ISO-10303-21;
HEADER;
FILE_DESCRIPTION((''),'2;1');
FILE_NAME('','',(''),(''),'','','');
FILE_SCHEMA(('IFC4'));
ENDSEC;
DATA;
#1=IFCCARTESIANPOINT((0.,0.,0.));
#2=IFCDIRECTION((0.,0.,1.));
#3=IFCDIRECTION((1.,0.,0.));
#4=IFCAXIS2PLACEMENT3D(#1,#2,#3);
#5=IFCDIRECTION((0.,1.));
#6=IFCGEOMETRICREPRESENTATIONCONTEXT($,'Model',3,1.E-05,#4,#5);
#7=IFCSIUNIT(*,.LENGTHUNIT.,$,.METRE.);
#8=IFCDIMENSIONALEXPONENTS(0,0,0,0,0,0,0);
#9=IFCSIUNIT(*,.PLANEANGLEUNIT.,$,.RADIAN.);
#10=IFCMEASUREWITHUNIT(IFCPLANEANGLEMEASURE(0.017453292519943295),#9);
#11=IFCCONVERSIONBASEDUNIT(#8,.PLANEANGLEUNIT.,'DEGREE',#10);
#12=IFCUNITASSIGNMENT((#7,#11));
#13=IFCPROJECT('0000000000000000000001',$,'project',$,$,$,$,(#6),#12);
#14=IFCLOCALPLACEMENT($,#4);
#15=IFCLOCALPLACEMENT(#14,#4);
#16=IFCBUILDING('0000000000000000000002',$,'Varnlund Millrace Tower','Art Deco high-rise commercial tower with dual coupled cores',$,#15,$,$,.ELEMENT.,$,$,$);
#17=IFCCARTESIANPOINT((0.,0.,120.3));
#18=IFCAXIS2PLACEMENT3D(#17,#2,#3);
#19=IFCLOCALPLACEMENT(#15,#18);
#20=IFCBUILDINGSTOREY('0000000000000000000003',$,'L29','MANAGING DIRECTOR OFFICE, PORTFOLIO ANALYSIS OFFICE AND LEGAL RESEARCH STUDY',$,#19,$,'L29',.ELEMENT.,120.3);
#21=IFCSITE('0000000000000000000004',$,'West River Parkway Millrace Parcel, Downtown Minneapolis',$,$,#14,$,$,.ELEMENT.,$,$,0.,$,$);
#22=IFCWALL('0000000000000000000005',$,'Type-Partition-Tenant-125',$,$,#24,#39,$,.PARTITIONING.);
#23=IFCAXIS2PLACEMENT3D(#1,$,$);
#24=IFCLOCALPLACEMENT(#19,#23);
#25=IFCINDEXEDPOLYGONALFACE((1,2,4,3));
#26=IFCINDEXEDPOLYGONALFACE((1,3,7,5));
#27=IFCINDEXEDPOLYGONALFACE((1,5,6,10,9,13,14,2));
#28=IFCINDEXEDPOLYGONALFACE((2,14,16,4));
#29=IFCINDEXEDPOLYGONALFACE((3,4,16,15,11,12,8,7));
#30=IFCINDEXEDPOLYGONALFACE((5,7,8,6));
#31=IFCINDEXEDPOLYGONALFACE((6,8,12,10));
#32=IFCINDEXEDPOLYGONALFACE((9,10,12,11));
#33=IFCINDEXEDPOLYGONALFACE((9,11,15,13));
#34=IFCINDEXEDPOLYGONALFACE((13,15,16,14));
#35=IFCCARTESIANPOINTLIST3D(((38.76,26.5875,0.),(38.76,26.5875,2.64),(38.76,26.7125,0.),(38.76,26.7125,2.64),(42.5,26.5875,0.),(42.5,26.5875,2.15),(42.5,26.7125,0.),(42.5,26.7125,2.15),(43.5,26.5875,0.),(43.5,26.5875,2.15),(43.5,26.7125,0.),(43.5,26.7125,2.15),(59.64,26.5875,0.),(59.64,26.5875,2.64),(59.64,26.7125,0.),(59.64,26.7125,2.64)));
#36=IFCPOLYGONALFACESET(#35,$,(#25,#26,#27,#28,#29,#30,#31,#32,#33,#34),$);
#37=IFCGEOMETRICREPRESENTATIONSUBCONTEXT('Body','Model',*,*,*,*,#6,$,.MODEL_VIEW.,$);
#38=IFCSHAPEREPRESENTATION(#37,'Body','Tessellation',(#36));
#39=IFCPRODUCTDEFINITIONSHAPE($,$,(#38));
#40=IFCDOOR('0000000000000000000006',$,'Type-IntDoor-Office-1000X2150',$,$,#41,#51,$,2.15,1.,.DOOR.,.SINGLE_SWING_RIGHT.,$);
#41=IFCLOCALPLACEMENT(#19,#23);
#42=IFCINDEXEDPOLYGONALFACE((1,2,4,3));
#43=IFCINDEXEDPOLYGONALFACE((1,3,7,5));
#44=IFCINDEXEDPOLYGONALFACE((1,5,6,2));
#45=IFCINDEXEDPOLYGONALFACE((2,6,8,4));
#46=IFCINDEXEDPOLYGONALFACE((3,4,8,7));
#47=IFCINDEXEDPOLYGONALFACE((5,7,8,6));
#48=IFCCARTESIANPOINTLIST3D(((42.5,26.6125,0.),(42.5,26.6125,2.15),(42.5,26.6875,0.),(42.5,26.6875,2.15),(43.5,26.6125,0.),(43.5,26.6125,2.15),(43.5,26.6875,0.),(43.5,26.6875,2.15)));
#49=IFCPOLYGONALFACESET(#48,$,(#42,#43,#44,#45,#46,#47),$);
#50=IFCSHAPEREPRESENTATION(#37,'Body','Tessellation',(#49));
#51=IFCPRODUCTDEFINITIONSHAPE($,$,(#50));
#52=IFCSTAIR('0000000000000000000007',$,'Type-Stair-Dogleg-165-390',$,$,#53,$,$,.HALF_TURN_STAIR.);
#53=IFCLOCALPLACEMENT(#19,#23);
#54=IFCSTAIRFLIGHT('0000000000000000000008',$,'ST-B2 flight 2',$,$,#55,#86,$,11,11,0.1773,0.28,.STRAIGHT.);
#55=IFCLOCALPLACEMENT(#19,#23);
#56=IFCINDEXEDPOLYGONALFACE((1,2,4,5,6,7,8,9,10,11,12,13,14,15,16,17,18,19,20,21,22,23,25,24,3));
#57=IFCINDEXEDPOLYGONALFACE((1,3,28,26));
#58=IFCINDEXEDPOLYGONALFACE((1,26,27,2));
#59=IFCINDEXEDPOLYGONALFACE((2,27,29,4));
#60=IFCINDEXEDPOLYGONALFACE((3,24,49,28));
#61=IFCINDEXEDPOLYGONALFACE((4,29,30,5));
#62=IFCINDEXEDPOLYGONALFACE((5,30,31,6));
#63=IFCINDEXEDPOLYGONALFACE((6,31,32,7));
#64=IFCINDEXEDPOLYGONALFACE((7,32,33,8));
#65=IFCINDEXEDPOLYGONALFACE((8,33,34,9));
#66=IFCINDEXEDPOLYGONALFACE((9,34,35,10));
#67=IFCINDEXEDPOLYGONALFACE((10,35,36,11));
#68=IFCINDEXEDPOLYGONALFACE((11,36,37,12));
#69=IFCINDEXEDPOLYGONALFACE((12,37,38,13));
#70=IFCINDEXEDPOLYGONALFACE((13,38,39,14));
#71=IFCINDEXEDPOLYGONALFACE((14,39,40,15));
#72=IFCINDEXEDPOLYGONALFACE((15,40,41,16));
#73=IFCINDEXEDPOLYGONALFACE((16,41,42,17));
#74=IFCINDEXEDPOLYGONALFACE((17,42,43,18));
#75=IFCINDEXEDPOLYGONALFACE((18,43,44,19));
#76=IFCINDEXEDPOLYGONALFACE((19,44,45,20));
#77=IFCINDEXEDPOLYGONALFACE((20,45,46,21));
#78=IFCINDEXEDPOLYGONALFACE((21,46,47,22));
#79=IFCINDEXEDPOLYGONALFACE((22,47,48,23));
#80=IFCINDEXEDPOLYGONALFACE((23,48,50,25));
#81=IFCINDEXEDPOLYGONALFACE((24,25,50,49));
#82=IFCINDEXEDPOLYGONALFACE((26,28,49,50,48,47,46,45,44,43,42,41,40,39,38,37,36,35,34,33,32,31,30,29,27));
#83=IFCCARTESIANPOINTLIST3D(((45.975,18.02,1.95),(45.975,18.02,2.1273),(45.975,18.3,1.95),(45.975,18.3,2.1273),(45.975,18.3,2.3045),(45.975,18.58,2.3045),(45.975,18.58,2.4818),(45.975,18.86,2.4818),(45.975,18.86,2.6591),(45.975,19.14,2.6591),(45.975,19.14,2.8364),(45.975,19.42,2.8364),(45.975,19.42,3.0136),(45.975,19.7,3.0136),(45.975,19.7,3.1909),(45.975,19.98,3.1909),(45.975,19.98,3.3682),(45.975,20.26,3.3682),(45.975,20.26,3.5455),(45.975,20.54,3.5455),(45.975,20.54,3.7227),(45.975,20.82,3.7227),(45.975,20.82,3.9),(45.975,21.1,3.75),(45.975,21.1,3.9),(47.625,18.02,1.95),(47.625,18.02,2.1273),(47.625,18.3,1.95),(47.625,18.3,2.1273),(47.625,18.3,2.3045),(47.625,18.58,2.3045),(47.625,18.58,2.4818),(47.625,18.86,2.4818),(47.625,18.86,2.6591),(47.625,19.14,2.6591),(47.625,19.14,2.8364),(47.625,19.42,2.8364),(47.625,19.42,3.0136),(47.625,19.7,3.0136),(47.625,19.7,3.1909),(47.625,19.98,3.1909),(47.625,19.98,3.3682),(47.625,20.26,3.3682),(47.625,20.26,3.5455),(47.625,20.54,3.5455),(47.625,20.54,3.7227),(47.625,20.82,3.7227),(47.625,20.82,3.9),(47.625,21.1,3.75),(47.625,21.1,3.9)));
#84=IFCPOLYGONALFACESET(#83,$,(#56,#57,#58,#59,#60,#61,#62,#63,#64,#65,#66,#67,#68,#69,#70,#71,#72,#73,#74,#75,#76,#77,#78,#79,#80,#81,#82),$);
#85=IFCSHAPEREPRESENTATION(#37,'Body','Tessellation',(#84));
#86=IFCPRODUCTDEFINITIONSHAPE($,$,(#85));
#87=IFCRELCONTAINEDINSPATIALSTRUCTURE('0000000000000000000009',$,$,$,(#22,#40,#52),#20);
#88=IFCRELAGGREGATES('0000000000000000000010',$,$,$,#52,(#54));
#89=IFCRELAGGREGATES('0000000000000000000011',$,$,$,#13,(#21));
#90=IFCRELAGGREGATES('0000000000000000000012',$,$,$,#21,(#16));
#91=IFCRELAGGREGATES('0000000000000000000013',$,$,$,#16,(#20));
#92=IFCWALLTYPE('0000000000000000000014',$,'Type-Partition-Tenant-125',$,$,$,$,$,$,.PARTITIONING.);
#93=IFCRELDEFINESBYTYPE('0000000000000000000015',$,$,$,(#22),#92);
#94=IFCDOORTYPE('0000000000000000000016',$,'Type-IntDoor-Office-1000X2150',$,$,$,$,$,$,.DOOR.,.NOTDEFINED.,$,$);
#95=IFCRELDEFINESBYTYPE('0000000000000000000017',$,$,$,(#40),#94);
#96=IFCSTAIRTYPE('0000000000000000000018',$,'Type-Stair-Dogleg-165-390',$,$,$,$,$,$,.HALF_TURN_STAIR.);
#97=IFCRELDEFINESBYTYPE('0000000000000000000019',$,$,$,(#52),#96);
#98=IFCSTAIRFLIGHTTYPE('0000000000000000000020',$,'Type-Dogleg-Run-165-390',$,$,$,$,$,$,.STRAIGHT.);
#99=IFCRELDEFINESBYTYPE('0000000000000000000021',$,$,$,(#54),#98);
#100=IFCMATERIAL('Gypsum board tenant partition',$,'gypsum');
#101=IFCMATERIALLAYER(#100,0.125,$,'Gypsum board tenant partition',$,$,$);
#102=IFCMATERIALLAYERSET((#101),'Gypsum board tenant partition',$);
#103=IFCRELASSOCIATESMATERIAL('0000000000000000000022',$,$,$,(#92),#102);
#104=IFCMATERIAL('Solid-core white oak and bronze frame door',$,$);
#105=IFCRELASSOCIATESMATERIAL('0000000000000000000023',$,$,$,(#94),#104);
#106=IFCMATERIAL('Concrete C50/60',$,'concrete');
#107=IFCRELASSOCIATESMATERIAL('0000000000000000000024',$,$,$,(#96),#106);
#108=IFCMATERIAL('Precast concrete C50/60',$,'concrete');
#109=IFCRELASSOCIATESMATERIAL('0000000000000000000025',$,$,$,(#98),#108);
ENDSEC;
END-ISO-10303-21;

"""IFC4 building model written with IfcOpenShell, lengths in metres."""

from ifc_helpers import new_model, entity, si_unit, converted_unit, direction, frame, origin_with_axes, origin_2d_with_axis, place, context, subcontext, project, spatial, polyline, rectangle, outline, extrude, material, layer, layer_set, type_object, element, fill, aggregate, save


model = new_model("IFC4")

# Units and contexts
model_context = context("Model", 3, precision=1e-05, world=origin_with_axes(), true_north=direction((0.0, 1.0)))
body_context = subcontext(model_context, "Body", "Model", "MODEL_VIEW")
ifc_project = project(units=[si_unit("LENGTHUNIT", "METRE"), converted_unit("PLANEANGLEUNIT", "DEGREE", entity("IfcPlaneAngleMeasure", 0.017453292519943295), si_unit("PLANEANGLEUNIT", "RADIAN"), dimensions=[0, 0, 0, 0, 0, 0, 0])], contexts=[model_context])

# Site, building, storey
site_placement = place(None, origin_with_axes())
site = spatial("IfcSite", under=ifc_project, at=site_placement, Name="West River Parkway Millrace Parcel, Downtown Minneapolis", CompositionType="ELEMENT", RefElevation=0.0)
building_placement = place(site_placement, origin_with_axes())
building = spatial("IfcBuilding", under=site, at=building_placement, Name="Varnlund Millrace Tower", Description="Art Deco high-rise commercial tower with dual coupled cores", CompositionType="ELEMENT")
storey_placement = place(building_placement, frame((0.0, 0.0, 120.3), z_axis=(0.0, 0.0, 1.0), x_axis=(1.0, 0.0, 0.0)))
storey = spatial("IfcBuildingStorey", under=building, at=storey_placement, Name="L29", Description="MANAGING DIRECTOR OFFICE, PORTFOLIO ANALYSIS OFFICE AND LEGAL RESEARCH STUDY", LongName="L29", CompositionType="ELEMENT", Elevation=120.3)

# Shared definitions
ifc_material_1 = material(Name="Precast concrete C50/60", Category="concrete")

# Wall, opening, door
ifc_material_2 = material(Name="Gypsum board tenant partition", Category="gypsum")
ifc_layer_1 = layer(ifc_material_2, 0.125, Name="Gypsum board tenant partition")
ifc_layer_set_1 = layer_set([ifc_layer_1], Name="Gypsum board tenant partition")
wall_type_1 = type_object("IfcWallType", Name="Type-Partition-Tenant-125", PredefinedType="PARTITIONING", material=ifc_layer_set_1)
wall_1_placement = place(storey_placement, frame((38.76, 26.65, 0.0), z_axis=(0.0, 0.0, 1.0), x_axis=(1.0, 0.0, 0.0)))
wall_1 = element("IfcWall", 1, at=wall_1_placement, inside=storey, type_object=wall_type_1, Name="Type-Partition-Tenant-125", PredefinedType="PARTITIONING", context=body_context, shape_type="SweptSolid", body=[
    extrude(outline(polyline([(0.0, -0.0625), (20.88, -0.0625), (20.88, 0.0625), (0.0, 0.0625), (0.0, -0.0625)])), origin_with_axes(), (0.0, 0.0, 1.0), 2.64),
])
opening_1_placement = place(wall_1_placement, frame((4.24, 0.0, 0.0), z_axis=(0.0, 0.0, 1.0), x_axis=(1.0, 0.0, 0.0)))
opening_1 = element("IfcOpeningElement", 2, at=opening_1_placement, cuts=wall_1, PredefinedType="OPENING", context=body_context, shape_type="SweptSolid", body=[
    extrude(rectangle(XDim=1.0, YDim=0.145, at=origin_2d_with_axis()), origin_with_axes(), (0.0, 0.0, 1.0), 2.15),
])
ifc_material_3 = material(Name="Solid-core white oak and bronze frame door")
door_type = type_object("IfcDoorType", Name="Type-IntDoor-Office-1000X2150", OperationType="NOTDEFINED", PredefinedType="DOOR", material=ifc_material_3)
door_placement = place(wall_1_placement, frame((4.24, 0.0, 0.0), z_axis=(0.0, 0.0, 1.0), x_axis=(1.0, 0.0, 0.0)))
door = element("IfcDoor", 3, at=door_placement, inside=storey, type_object=door_type, Name="Type-IntDoor-Office-1000X2150", OperationType="SINGLE_SWING_RIGHT", OverallHeight=2.15, OverallWidth=1.0, PredefinedType="DOOR", context=body_context, shape_type="SweptSolid", body=[
    extrude(rectangle(XDim=1.0, YDim=0.075, at=origin_2d_with_axis()), origin_with_axes(), (0.0, 0.0, 1.0), 2.15),
])
fill(opening_1, door)

# Stair, stair flight
ifc_material_4 = material(Name="Concrete C50/60", Category="concrete")
stair_type = type_object("IfcStairType", Name="Type-Stair-Dogleg-165-390", PredefinedType="HALF_TURN_STAIR", material=ifc_material_4)
stair_placement = place(storey_placement, origin_with_axes())
stair = element("IfcStair", 4, at=stair_placement, inside=storey, type_object=stair_type, Name="Type-Stair-Dogleg-165-390", PredefinedType="HALF_TURN_STAIR")
stair_flight_type = type_object("IfcStairFlightType", Name="Type-Dogleg-Run-165-390", PredefinedType="STRAIGHT", material=ifc_material_1)
stair_flight_placement = place(storey_placement, frame((45.975, 18.02, 1.95), z_axis=(1.0, 0.0, 0.0), x_axis=(0.0, 1.0, 0.0)))
stair_flight = element("IfcStairFlight", 5, at=stair_flight_placement, type_object=stair_flight_type, Name="ST-B2 flight 2", NumberOfRisers=11, NumberOfTreads=11, PredefinedType="STRAIGHT", RiserHeight=0.1773, TreadLength=0.28, context=body_context, shape_type="SweptSolid", body=[
    extrude(outline(polyline([(0.0, 0.0), (0.0, 0.1773), (0.28, 0.1773), (0.28, 0.3545), (0.56, 0.3545), (0.56, 0.5318), (0.84, 0.5318), (0.84, 0.7091), (1.12, 0.7091), (1.12, 0.8864), (1.4, 0.8864), (1.4, 1.0636), (1.68, 1.0636), (1.68, 1.2409), (1.96, 1.2409), (1.96, 1.4182), (2.24, 1.4182), (2.24, 1.5955), (2.52, 1.5955), (2.52, 1.7727), (2.8, 1.7727), (2.8, 1.95), (3.08, 1.95), (3.08, 1.8), (0.28, 0.0), (0.0, 0.0)])), origin_with_axes(), (0.0, 0.0, 1.0), 1.65),
])
aggregate(stair, [stair_flight])

save(model, "model.ifc")
